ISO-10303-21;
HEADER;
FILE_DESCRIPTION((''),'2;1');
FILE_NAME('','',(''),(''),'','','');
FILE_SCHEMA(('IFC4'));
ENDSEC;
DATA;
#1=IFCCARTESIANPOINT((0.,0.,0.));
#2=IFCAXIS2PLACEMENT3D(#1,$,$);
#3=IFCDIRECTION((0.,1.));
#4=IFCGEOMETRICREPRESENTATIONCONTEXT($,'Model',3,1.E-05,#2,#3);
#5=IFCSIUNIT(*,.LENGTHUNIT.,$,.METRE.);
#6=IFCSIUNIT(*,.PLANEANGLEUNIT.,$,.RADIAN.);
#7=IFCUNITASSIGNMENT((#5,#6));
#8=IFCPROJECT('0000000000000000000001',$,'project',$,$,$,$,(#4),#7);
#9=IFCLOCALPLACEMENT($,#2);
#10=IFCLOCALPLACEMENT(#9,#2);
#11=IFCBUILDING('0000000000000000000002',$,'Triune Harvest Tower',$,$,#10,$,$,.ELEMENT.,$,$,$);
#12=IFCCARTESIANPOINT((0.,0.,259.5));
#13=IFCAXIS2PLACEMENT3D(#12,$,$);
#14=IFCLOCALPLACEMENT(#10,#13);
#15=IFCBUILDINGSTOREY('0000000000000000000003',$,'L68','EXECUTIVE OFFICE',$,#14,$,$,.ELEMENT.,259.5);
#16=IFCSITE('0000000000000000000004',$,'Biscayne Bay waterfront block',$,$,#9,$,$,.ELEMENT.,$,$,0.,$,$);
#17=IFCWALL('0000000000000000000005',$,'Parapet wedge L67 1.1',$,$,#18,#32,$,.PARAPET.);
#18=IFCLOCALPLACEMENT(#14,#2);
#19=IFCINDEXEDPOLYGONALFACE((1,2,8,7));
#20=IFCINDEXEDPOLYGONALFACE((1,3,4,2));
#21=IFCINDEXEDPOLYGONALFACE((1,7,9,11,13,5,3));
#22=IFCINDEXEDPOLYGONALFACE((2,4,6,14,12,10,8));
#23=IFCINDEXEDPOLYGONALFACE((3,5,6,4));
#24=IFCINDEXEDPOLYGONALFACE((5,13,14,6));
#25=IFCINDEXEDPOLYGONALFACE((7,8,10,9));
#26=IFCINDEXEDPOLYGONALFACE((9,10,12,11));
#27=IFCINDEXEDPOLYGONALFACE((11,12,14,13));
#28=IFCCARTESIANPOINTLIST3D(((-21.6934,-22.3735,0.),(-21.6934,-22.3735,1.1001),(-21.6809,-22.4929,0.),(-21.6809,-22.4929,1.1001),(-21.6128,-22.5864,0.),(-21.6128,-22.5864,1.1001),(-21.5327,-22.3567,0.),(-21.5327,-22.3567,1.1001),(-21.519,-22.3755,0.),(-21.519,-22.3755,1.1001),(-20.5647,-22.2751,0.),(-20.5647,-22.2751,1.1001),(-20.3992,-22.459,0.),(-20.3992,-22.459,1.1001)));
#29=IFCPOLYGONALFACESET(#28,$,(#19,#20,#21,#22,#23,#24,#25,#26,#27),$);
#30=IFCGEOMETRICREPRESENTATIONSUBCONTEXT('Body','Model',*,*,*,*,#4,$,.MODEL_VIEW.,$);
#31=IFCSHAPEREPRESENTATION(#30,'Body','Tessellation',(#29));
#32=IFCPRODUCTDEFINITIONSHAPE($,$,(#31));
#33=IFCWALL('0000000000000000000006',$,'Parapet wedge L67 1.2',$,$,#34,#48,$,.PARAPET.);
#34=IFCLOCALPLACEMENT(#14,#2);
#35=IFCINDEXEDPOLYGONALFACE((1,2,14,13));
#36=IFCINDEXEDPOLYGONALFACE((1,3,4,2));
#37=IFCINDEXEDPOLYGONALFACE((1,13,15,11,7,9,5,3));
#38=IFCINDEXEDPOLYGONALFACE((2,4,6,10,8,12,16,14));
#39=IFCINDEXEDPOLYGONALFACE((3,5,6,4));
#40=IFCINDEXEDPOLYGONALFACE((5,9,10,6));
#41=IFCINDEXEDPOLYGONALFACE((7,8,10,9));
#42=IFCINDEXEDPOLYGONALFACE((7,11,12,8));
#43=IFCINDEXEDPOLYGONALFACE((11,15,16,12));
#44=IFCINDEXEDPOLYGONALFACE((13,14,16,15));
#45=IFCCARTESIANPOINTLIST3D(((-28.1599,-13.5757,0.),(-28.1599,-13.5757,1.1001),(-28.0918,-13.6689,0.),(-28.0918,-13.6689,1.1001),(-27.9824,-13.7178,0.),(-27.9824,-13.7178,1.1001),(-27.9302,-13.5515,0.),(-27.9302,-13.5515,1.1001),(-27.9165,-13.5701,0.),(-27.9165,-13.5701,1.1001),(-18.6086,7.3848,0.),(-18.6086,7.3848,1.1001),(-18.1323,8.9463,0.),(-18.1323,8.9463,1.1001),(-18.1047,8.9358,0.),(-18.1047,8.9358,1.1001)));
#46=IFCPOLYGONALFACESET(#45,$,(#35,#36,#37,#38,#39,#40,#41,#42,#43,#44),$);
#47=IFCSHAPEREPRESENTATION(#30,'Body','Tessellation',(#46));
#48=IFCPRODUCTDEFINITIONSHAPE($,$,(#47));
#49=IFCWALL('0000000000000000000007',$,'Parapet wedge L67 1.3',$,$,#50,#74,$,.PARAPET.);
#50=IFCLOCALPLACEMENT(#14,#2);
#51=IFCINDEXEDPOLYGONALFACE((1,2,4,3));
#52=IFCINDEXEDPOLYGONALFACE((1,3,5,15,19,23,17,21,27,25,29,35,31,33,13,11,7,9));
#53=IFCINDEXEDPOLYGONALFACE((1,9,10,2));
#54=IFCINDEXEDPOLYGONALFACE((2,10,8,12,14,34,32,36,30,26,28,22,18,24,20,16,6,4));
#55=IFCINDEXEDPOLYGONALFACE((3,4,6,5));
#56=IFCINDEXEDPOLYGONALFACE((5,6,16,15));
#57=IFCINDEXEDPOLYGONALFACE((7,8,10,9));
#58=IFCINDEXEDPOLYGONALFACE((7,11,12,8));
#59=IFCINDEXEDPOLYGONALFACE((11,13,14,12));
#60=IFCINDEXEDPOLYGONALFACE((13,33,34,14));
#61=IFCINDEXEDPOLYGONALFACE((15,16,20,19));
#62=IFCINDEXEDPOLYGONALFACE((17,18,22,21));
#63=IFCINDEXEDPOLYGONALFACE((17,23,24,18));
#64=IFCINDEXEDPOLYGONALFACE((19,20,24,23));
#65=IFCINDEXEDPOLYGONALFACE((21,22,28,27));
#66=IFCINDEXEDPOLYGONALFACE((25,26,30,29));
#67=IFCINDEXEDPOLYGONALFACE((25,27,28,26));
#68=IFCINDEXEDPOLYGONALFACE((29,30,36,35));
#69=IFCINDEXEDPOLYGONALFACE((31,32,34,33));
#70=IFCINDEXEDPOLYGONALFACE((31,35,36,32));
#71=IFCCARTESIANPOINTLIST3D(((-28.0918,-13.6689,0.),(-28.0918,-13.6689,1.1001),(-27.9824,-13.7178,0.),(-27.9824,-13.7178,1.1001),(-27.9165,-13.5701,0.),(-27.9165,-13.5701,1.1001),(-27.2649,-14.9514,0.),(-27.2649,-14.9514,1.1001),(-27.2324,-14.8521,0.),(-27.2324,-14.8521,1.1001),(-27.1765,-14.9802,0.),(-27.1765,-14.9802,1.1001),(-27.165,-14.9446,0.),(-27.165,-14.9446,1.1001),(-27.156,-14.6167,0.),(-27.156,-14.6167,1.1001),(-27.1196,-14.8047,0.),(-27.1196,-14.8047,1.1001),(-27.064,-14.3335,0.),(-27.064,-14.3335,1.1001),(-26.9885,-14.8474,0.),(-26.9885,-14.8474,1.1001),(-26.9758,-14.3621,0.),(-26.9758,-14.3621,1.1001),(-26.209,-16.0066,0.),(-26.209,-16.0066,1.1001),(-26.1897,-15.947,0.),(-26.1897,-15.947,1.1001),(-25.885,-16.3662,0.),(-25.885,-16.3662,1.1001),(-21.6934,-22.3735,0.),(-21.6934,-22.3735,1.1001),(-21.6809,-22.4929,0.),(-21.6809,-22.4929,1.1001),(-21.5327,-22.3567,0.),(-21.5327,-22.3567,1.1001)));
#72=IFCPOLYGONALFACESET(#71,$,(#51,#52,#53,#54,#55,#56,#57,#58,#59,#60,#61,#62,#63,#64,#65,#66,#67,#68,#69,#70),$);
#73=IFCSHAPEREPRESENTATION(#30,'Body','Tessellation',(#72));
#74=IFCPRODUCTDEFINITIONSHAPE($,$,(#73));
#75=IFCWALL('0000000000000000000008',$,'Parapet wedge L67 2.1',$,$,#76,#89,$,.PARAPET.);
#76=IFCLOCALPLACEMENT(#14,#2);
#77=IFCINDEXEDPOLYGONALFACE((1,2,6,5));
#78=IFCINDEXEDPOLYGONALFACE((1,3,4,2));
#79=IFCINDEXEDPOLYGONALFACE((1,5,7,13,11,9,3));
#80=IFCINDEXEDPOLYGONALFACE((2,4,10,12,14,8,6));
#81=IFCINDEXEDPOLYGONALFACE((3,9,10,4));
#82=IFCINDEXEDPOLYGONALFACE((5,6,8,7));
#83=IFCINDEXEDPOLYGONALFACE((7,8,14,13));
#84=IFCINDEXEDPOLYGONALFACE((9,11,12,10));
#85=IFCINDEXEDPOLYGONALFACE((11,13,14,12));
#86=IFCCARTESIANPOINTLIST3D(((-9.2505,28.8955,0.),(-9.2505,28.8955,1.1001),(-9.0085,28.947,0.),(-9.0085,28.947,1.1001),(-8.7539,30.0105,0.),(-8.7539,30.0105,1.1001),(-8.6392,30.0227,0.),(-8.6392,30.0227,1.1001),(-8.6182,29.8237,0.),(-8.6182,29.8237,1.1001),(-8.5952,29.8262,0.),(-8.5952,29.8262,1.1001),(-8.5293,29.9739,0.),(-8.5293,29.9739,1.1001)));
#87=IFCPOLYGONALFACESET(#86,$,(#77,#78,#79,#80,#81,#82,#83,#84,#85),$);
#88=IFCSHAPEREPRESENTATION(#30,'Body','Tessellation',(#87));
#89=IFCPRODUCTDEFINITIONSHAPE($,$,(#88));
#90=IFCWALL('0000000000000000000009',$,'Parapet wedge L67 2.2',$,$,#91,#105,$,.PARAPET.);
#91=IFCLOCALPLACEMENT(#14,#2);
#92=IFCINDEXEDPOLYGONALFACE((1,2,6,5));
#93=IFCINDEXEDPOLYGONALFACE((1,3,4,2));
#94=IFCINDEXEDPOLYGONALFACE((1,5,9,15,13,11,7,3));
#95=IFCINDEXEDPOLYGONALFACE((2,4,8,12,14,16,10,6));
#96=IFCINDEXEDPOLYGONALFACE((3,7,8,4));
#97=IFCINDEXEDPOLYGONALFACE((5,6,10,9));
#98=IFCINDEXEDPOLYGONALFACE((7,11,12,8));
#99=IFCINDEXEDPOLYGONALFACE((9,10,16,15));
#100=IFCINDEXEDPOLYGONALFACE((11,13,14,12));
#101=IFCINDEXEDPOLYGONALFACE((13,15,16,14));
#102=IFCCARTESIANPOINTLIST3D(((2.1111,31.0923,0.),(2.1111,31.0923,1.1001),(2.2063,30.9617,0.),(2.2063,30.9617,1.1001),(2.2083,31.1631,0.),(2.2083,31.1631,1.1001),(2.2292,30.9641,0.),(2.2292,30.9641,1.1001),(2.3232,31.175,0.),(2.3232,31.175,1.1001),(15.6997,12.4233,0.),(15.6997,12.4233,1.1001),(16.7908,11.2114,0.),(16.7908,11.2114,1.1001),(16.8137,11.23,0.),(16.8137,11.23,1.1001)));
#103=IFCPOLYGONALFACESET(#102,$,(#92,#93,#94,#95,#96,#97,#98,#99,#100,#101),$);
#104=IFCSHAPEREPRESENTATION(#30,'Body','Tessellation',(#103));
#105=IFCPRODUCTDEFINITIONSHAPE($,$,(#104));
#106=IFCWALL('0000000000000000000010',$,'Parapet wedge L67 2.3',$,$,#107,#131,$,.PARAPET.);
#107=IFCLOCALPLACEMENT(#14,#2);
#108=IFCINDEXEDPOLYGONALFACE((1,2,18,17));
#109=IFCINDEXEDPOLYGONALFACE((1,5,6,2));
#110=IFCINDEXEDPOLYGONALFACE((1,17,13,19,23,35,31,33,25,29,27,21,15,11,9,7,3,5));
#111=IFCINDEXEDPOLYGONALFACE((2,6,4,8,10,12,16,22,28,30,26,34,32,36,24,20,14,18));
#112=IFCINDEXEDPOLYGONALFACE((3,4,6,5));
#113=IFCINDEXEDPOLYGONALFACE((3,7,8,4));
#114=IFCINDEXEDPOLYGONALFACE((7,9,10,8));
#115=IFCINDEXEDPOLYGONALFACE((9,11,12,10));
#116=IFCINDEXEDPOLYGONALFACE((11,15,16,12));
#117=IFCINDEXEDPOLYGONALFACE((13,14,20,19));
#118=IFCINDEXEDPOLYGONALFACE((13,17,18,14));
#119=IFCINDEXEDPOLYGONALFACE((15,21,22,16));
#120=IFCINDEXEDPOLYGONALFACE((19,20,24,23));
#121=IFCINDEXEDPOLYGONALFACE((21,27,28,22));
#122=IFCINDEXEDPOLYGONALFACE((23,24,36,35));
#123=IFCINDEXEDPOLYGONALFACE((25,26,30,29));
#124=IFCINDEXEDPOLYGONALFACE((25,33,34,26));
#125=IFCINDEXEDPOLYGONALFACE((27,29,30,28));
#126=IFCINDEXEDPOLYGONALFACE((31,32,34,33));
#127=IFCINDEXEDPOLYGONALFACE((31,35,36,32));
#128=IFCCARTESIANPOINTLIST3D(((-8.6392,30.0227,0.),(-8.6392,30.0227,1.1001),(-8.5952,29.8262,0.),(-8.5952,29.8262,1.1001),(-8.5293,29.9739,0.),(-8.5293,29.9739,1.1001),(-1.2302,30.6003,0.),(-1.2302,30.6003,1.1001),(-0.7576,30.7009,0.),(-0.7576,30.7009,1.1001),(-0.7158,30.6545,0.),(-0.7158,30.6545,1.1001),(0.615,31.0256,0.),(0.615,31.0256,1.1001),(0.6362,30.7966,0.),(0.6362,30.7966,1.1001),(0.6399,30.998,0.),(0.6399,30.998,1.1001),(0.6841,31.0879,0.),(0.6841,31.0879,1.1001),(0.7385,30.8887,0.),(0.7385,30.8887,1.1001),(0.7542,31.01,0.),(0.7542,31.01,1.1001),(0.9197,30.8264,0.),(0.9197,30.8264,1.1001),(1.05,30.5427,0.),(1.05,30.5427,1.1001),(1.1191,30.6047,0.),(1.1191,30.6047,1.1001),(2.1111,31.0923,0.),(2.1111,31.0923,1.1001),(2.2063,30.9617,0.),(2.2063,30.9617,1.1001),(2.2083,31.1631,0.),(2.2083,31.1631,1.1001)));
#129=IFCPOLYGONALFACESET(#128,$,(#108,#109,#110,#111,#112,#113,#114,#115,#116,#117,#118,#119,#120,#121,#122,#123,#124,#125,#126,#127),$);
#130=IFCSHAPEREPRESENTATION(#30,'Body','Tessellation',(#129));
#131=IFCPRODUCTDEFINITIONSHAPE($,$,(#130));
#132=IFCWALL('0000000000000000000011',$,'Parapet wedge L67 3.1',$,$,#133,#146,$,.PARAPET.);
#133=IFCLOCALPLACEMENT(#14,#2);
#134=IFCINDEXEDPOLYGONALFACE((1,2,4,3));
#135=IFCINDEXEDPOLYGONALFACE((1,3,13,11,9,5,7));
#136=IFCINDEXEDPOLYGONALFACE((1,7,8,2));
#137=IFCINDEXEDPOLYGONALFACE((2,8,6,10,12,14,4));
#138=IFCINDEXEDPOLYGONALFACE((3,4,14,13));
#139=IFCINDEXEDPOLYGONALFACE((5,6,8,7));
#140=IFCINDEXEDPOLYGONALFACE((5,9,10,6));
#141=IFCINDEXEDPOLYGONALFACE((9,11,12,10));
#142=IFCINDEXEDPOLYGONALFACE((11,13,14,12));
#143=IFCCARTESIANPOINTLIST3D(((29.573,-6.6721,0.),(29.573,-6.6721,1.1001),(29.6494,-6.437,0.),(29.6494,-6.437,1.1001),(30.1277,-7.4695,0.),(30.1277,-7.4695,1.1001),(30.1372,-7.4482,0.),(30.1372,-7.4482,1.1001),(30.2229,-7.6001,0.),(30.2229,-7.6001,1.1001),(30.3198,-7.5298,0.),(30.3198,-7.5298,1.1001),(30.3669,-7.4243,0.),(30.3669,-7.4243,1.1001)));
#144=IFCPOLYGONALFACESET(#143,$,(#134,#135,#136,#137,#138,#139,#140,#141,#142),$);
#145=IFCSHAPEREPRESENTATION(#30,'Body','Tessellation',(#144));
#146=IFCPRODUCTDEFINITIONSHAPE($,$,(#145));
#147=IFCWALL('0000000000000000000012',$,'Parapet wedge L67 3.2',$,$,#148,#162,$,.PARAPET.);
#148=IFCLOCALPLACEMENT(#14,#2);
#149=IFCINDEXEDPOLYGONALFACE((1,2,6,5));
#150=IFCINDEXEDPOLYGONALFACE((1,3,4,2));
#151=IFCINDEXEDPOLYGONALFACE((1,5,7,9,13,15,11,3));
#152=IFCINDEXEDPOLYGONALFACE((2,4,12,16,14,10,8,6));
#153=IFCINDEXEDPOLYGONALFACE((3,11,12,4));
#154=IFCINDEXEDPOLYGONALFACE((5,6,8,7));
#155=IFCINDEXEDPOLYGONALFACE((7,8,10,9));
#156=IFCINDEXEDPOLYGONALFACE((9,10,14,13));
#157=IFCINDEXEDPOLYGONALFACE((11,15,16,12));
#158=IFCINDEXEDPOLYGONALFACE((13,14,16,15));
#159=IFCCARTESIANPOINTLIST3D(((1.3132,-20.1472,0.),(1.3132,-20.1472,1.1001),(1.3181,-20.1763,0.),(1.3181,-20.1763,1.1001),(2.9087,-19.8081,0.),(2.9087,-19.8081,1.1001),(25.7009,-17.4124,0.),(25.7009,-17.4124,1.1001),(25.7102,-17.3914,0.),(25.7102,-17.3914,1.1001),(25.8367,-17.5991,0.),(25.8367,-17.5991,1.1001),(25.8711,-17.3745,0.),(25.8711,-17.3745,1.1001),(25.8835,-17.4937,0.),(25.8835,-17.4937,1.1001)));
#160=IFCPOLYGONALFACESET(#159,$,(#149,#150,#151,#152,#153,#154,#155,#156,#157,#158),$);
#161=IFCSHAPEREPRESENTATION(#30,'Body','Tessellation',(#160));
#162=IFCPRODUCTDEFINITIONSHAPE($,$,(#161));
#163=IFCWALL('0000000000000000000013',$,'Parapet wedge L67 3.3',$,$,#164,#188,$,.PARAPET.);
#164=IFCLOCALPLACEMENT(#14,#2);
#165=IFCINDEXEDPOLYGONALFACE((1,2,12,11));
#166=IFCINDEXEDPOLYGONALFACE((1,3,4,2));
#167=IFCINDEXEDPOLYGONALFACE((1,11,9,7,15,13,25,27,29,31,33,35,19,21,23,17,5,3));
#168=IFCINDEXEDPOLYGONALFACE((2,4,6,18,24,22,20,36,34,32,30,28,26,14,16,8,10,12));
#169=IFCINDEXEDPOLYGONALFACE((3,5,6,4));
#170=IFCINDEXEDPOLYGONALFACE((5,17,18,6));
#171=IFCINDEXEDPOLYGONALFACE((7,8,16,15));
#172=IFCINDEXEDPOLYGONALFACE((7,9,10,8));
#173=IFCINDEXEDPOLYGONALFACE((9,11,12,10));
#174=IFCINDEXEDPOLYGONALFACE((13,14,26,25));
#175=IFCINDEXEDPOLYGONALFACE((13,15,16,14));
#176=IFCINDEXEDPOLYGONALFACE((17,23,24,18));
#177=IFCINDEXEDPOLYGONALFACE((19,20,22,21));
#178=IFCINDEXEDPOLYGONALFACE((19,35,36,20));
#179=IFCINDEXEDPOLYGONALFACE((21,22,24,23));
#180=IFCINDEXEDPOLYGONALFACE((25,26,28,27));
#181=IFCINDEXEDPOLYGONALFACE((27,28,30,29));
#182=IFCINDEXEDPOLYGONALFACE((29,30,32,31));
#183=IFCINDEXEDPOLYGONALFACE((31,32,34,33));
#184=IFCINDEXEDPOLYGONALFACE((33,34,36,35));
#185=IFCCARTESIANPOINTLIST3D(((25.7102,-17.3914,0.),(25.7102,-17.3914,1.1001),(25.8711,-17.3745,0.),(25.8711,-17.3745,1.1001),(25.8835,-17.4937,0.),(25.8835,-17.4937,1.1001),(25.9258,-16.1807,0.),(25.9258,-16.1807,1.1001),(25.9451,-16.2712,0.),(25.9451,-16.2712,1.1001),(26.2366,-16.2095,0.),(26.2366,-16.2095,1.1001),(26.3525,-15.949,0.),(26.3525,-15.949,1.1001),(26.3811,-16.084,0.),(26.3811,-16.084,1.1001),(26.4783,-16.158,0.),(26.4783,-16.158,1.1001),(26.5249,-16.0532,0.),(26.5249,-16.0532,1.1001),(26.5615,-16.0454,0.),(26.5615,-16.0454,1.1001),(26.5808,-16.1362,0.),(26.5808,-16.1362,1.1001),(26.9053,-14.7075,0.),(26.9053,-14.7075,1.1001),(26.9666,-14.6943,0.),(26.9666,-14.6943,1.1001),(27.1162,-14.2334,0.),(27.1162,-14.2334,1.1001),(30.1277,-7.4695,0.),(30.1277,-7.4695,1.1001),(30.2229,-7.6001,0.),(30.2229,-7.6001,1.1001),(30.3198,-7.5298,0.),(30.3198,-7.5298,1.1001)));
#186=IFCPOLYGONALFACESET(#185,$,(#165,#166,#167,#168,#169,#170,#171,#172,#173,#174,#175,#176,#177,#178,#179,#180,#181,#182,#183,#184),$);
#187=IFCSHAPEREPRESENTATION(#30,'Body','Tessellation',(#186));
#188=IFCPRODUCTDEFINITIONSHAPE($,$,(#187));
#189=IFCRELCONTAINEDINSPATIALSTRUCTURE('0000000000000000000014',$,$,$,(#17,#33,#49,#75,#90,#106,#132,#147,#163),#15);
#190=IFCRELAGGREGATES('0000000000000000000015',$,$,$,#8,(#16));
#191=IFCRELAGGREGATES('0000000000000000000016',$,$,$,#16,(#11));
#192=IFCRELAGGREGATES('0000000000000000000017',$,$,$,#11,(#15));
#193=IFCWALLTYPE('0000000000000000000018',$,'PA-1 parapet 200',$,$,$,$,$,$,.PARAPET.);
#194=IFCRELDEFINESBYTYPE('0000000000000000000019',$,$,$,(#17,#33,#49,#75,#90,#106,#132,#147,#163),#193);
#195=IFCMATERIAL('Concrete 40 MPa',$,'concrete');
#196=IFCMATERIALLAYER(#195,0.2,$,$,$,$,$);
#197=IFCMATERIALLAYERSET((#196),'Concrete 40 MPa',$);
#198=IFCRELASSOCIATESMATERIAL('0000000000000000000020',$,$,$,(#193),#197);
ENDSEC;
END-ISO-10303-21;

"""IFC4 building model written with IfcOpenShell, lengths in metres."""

from ifc_helpers import new_model, si_unit, direction, frame, origin, place, context, subcontext, project, spatial, polyline, outline, extrude, material, layer, layer_set, type_object, element, save


model = new_model("IFC4")

# Units and contexts
model_context = context("Model", 3, precision=1e-05, world=origin(), true_north=direction((0.0, 1.0)))
body_context = subcontext(model_context, "Body", "Model", "MODEL_VIEW")
ifc_project = project(units=[si_unit("LENGTHUNIT", "METRE"), si_unit("PLANEANGLEUNIT", "RADIAN")], contexts=[model_context])

# Site, building, storey
site_placement = place(None, origin())
site = spatial("IfcSite", under=ifc_project, at=site_placement, Name="Biscayne Bay waterfront block", CompositionType="ELEMENT", RefElevation=0.0)
building_placement = place(site_placement, origin())
building = spatial("IfcBuilding", under=site, at=building_placement, Name="Triune Harvest Tower", CompositionType="ELEMENT")
storey_placement = place(building_placement, frame((0.0, 0.0, 259.5)))
storey = spatial("IfcBuildingStorey", under=building, at=storey_placement, Name="L68", Description="EXECUTIVE OFFICE", CompositionType="ELEMENT", Elevation=259.5)

# Walls
ifc_material_1 = material(Name="Concrete 40 MPa", Category="concrete")
ifc_layer_1 = layer(ifc_material_1, 0.2)
ifc_layer_set_1 = layer_set([ifc_layer_1], Name="Concrete 40 MPa")
wall_type_1 = type_object("IfcWallType", Name="PA-1 parapet 200", PredefinedType="PARAPET", material=ifc_layer_set_1)
wall_1_placement = place(storey_placement, origin())
element("IfcWall", 1, at=wall_1_placement, inside=storey, type_object=wall_type_1, Name="Parapet wedge L67 1.1", PredefinedType="PARAPET", context=body_context, shape_type="SweptSolid", body=[
    extrude(outline(polyline([(-21.5327, -22.3567), (-21.519, -22.3755), (-20.5647, -22.2751), (-20.3992, -22.459), (-21.6128, -22.5864), (-21.6809, -22.4929), (-21.6934, -22.3735), (-21.5327, -22.3567)])), origin(), (0.0, 0.0, 1.0), 1.1001),
])
wall_2_placement = place(storey_placement, origin())
element("IfcWall", 2, at=wall_2_placement, inside=storey, type_object=wall_type_1, Name="Parapet wedge L67 1.2", PredefinedType="PARAPET", context=body_context, shape_type="SweptSolid", body=[
    extrude(outline(polyline([(-18.1323, 8.9463), (-18.1047, 8.9358), (-18.6086, 7.3848), (-27.9302, -13.5515), (-27.9165, -13.5701), (-27.9824, -13.7178), (-28.0918, -13.6689), (-28.1599, -13.5757), (-18.1323, 8.9463)])), origin(), (0.0, 0.0, 1.0), 1.1001),
])
wall_3_placement = place(storey_placement, origin())
element("IfcWall", 3, at=wall_3_placement, inside=storey, type_object=wall_type_1, Name="Parapet wedge L67 1.3", PredefinedType="PARAPET", context=body_context, shape_type="SweptSolid", body=[
    extrude(outline(polyline([(-26.9885, -14.8474), (-26.1897, -15.947), (-26.209, -16.0066), (-25.885, -16.3662), (-21.5327, -22.3567), (-21.6934, -22.3735), (-21.6809, -22.4929), (-27.165, -14.9446), (-27.1765, -14.9802), (-27.2649, -14.9514), (-27.2324, -14.8521), (-28.0918, -13.6689), (-27.9824, -13.7178), (-27.9165, -13.5701), (-27.156, -14.6167), (-27.064, -14.3335), (-26.9758, -14.3621), (-27.1196, -14.8047), (-26.9885, -14.8474)])), origin(), (0.0, 0.0, 1.0), 1.1001),
])
wall_4_placement = place(storey_placement, origin())
element("IfcWall", 4, at=wall_4_placement, inside=storey, type_object=wall_type_1, Name="Parapet wedge L67 2.1", PredefinedType="PARAPET", context=body_context, shape_type="SweptSolid", body=[
    extrude(outline(polyline([(-8.5952, 29.8262), (-8.6182, 29.8237), (-9.0085, 28.947), (-9.2505, 28.8955), (-8.7539, 30.0105), (-8.6392, 30.0227), (-8.5293, 29.9739), (-8.5952, 29.8262)])), origin(), (0.0, 0.0, 1.0), 1.1001),
])
wall_5_placement = place(storey_placement, origin())
element("IfcWall", 5, at=wall_5_placement, inside=storey, type_object=wall_type_1, Name="Parapet wedge L67 2.2", PredefinedType="PARAPET", context=body_context, shape_type="SweptSolid", body=[
    extrude(outline(polyline([(16.8137, 11.23), (16.7908, 11.2114), (15.6997, 12.4233), (2.2292, 30.9641), (2.2063, 30.9617), (2.1111, 31.0923), (2.2083, 31.1631), (2.3232, 31.175), (16.8137, 11.23)])), origin(), (0.0, 0.0, 1.0), 1.1001),
])
wall_6_placement = place(storey_placement, origin())
element("IfcWall", 6, at=wall_6_placement, inside=storey, type_object=wall_type_1, Name="Parapet wedge L67 2.3", PredefinedType="PARAPET", context=body_context, shape_type="SweptSolid", body=[
    extrude(outline(polyline([(-8.5952, 29.8262), (-8.5293, 29.9739), (-8.6392, 30.0227), (0.6399, 30.998), (0.615, 31.0256), (0.6841, 31.0879), (0.7542, 31.01), (2.2083, 31.1631), (2.1111, 31.0923), (2.2063, 30.9617), (0.9197, 30.8264), (1.1191, 30.6047), (1.05, 30.5427), (0.7385, 30.8887), (0.6362, 30.7966), (-0.7158, 30.6545), (-0.7576, 30.7009), (-1.2302, 30.6003), (-8.5952, 29.8262)])), origin(), (0.0, 0.0, 1.0), 1.1001),
])
wall_7_placement = place(storey_placement, origin())
element("IfcWall", 7, at=wall_7_placement, inside=storey, type_object=wall_type_1, Name="Parapet wedge L67 3.1", PredefinedType="PARAPET", context=body_context, shape_type="SweptSolid", body=[
    extrude(outline(polyline([(30.1277, -7.4695), (30.1372, -7.4482), (29.573, -6.6721), (29.6494, -6.437), (30.3669, -7.4243), (30.3198, -7.5298), (30.2229, -7.6001), (30.1277, -7.4695)])), origin(), (0.0, 0.0, 1.0), 1.1001),
])
wall_8_placement = place(storey_placement, origin())
element("IfcWall", 8, at=wall_8_placement, inside=storey, type_object=wall_type_1, Name="Parapet wedge L67 3.2", PredefinedType="PARAPET", context=body_context, shape_type="SweptSolid", body=[
    extrude(outline(polyline([(1.3181, -20.1763), (1.3132, -20.1472), (2.9087, -19.8081), (25.7009, -17.4124), (25.7102, -17.3914), (25.8711, -17.3745), (25.8835, -17.4937), (25.8367, -17.5991), (1.3181, -20.1763)])), origin(), (0.0, 0.0, 1.0), 1.1001),
])
wall_9_placement = place(storey_placement, origin())
element("IfcWall", 9, at=wall_9_placement, inside=storey, type_object=wall_type_1, Name="Parapet wedge L67 3.3", PredefinedType="PARAPET", context=body_context, shape_type="SweptSolid", body=[
    extrude(outline(polyline([(25.7102, -17.3914), (26.2366, -16.2095), (25.9451, -16.2712), (25.9258, -16.1807), (26.3811, -16.084), (26.3525, -15.949), (26.9053, -14.7075), (26.9666, -14.6943), (27.1162, -14.2334), (30.1277, -7.4695), (30.2229, -7.6001), (30.3198, -7.5298), (26.5249, -16.0532), (26.5615, -16.0454), (26.5808, -16.1362), (26.4783, -16.158), (25.8835, -17.4937), (25.8711, -17.3745), (25.7102, -17.3914)])), origin(), (0.0, 0.0, 1.0), 1.1001),
])

save(model, "model.ifc")
